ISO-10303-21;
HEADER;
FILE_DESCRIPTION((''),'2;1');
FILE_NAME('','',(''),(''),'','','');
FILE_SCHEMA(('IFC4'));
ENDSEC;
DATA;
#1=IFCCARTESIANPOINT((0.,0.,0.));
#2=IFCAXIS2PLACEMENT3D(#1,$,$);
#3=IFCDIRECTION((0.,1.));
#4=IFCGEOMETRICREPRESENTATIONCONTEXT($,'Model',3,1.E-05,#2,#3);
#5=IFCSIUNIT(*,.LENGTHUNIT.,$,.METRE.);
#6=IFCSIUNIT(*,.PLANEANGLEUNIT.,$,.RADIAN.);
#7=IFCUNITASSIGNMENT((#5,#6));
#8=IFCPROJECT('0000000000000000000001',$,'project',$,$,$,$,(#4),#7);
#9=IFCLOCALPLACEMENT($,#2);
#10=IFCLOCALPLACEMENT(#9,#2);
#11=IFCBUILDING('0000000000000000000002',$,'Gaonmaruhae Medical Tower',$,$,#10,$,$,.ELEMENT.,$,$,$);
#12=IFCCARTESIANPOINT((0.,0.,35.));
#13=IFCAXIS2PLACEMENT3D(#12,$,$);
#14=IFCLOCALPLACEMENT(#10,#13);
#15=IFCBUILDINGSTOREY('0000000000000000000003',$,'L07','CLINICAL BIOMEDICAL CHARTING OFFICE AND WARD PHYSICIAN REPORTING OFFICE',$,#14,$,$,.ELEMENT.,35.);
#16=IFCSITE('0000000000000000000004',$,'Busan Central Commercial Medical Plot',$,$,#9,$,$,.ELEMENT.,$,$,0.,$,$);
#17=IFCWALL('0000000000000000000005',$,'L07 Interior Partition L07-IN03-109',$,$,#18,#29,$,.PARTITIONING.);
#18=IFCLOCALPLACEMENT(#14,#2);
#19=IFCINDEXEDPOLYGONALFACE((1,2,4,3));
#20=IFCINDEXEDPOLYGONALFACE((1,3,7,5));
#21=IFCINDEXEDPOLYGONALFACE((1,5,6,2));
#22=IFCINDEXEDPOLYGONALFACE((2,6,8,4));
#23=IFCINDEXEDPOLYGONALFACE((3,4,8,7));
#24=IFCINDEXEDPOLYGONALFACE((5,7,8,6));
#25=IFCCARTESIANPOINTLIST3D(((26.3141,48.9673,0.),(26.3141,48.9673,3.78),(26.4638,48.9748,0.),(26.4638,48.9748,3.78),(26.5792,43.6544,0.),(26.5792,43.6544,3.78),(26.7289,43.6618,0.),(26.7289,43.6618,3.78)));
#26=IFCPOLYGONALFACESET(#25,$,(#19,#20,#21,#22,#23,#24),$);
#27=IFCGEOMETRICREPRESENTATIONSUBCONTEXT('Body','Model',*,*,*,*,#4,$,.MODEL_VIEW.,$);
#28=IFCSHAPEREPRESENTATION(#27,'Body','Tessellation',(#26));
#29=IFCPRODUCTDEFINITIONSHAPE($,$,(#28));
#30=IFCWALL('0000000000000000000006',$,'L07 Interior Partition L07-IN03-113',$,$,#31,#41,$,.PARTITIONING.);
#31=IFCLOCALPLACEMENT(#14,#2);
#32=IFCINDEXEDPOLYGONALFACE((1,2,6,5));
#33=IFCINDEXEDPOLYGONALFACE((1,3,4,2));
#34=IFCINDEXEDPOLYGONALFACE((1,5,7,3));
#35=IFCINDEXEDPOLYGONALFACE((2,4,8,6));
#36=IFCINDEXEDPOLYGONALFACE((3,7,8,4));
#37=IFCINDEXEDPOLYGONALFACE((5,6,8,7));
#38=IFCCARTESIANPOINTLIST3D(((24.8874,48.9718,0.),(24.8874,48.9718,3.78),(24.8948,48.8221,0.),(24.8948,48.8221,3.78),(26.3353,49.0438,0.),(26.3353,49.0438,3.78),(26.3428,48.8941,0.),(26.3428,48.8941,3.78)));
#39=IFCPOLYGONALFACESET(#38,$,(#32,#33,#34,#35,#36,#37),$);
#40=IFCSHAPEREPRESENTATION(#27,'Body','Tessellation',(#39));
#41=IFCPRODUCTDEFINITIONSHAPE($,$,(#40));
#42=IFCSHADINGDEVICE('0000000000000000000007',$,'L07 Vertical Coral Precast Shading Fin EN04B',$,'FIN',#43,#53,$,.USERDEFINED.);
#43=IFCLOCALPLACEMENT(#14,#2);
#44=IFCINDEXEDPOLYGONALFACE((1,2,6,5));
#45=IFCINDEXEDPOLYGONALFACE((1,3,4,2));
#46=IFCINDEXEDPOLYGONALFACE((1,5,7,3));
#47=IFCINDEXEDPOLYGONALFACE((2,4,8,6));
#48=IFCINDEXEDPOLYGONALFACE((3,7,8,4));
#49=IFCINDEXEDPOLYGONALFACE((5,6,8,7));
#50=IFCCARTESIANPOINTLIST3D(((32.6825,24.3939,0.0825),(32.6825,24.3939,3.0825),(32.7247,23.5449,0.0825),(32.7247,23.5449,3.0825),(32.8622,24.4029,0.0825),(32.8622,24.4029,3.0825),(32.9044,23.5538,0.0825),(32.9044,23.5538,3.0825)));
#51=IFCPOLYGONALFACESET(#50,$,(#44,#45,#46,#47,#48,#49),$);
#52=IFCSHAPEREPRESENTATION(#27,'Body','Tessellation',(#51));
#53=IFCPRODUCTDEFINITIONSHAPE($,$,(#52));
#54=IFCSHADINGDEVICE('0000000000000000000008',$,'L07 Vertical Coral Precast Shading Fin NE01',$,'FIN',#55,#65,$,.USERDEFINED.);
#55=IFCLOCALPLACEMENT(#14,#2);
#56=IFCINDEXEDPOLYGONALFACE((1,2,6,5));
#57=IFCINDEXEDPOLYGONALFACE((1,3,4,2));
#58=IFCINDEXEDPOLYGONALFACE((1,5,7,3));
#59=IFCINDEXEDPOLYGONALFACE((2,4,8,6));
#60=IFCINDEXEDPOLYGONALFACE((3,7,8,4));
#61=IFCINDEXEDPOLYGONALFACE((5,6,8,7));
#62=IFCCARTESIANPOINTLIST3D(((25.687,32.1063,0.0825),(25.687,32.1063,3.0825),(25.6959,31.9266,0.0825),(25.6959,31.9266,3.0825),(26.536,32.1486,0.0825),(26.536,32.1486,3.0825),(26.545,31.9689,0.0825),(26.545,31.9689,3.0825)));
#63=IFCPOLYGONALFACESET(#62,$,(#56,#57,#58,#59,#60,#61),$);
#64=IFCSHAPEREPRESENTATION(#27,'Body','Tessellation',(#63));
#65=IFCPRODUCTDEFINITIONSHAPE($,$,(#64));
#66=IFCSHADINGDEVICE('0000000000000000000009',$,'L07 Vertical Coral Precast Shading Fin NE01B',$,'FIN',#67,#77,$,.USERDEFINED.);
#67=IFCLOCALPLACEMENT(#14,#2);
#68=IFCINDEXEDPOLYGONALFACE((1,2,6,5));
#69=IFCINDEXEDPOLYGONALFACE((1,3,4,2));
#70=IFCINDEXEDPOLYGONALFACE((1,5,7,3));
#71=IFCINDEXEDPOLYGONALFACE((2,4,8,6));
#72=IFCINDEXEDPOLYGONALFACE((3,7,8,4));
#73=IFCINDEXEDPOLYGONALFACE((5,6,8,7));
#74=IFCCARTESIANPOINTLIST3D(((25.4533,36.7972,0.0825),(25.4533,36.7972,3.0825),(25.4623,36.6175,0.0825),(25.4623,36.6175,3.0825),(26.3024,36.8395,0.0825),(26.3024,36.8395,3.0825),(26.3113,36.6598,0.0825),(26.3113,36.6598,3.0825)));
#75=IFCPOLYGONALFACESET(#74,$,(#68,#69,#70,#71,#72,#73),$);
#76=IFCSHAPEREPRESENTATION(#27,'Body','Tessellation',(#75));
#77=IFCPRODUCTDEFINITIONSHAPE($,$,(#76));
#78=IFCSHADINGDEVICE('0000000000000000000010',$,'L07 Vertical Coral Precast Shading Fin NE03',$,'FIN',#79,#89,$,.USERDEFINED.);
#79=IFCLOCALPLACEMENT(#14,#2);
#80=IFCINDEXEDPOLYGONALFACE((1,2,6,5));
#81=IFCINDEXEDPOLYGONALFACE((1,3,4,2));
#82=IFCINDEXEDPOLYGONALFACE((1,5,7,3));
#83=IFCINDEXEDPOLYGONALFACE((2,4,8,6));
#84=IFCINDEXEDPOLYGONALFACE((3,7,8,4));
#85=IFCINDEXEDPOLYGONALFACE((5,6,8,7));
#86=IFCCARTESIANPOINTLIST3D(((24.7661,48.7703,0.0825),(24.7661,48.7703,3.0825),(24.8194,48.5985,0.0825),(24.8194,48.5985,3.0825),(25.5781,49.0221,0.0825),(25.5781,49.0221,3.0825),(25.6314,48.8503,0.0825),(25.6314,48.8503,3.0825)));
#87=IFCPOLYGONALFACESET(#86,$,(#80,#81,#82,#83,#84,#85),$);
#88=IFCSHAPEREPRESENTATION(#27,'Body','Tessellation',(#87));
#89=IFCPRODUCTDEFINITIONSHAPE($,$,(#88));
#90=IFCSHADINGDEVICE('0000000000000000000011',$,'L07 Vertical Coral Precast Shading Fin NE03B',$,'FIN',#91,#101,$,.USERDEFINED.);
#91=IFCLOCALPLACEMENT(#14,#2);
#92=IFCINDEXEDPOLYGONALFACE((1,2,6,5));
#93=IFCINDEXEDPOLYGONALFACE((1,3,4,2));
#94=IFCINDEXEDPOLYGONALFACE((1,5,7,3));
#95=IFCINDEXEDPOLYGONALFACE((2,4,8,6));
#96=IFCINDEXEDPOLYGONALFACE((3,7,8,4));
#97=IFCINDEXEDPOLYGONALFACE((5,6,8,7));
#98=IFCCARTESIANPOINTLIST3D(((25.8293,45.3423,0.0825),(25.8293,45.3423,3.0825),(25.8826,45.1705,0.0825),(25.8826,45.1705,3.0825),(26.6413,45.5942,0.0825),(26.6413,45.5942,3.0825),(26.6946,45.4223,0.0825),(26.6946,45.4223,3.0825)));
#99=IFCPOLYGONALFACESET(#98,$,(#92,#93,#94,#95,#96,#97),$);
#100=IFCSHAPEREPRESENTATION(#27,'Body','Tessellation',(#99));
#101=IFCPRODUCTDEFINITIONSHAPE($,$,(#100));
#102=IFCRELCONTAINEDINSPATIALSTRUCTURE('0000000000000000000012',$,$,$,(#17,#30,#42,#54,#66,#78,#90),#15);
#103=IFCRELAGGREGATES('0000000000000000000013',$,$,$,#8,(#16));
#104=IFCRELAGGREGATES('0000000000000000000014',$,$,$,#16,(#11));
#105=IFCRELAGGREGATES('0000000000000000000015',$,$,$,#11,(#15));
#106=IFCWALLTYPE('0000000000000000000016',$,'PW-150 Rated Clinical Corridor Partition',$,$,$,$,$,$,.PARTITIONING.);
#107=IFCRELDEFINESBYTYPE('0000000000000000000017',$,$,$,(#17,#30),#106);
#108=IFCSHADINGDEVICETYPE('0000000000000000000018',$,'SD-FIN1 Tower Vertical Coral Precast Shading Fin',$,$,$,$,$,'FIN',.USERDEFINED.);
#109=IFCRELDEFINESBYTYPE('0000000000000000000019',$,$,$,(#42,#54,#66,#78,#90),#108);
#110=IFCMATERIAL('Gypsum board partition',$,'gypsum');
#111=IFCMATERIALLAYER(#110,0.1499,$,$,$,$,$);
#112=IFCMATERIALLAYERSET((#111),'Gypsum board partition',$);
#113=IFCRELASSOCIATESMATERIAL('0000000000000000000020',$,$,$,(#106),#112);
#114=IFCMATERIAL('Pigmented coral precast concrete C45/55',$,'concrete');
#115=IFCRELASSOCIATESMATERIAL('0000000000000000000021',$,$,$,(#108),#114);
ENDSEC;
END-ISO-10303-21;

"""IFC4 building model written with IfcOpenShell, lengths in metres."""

from ifc_helpers import new_model, si_unit, direction, frame, frame_2d, origin, origin_2d, place, context, subcontext, project, spatial, rectangle, extrude, material, layer, layer_set, type_object, element, save


model = new_model("IFC4")

# Units and contexts
model_context = context("Model", 3, precision=1e-05, world=origin(), true_north=direction((0.0, 1.0)))
body_context = subcontext(model_context, "Body", "Model", "MODEL_VIEW")
ifc_project = project(units=[si_unit("LENGTHUNIT", "METRE"), si_unit("PLANEANGLEUNIT", "RADIAN")], contexts=[model_context])

# Site, building, storey
site_placement = place(None, origin())
site = spatial("IfcSite", under=ifc_project, at=site_placement, Name="Busan Central Commercial Medical Plot", CompositionType="ELEMENT", RefElevation=0.0)
building_placement = place(site_placement, origin())
building = spatial("IfcBuilding", under=site, at=building_placement, Name="Gaonmaruhae Medical Tower", CompositionType="ELEMENT")
storey_placement = place(building_placement, frame((0.0, 0.0, 35.0)))
storey = spatial("IfcBuildingStorey", under=building, at=storey_placement, Name="L07", Description="CLINICAL BIOMEDICAL CHARTING OFFICE AND WARD PHYSICIAN REPORTING OFFICE", CompositionType="ELEMENT", Elevation=35.0)

# Walls
ifc_material_1 = material(Name="Gypsum board partition", Category="gypsum")
ifc_layer_1 = layer(ifc_material_1, 0.1499)
ifc_layer_set_1 = layer_set([ifc_layer_1], Name="Gypsum board partition")
wall_type_1 = type_object("IfcWallType", Name="PW-150 Rated Clinical Corridor Partition", PredefinedType="PARTITIONING", material=ifc_layer_set_1)
wall_1_placement = place(storey_placement, frame((26.3889, 48.9709, 0.0), z_axis=(0.0, 0.0, 1.0), x_axis=(0.049841, -0.998757, 0.0)))
element("IfcWall", 1, at=wall_1_placement, inside=storey, type_object=wall_type_1, Name="L07 Interior Partition L07-IN03-109", PredefinedType="PARTITIONING", context=body_context, shape_type="SweptSolid", body=[
    extrude(rectangle(XDim=5.3196, YDim=0.1499, at=frame_2d((2.6597, 0.0))), origin(), (0.0, 0.0, 1.0), 3.78),
])
wall_2_placement = place(storey_placement, frame((24.8911, 48.897, 0.0), z_axis=(0.0, 0.0, 1.0), x_axis=(0.998765, 0.049677, 0.0)))
element("IfcWall", 2, at=wall_2_placement, inside=storey, type_object=wall_type_1, Name="L07 Interior Partition L07-IN03-113", PredefinedType="PARTITIONING", context=body_context, shape_type="SweptSolid", body=[
    extrude(rectangle(XDim=1.4497, YDim=0.1499, at=frame_2d((0.7249, 0.0))), origin(), (0.0, 0.0, 1.0), 3.78),
])

# Shading devices
ifc_material_2 = material(Name="Pigmented coral precast concrete C45/55", Category="concrete")
shading_device_type = type_object("IfcShadingDeviceType", Name="SD-FIN1 Tower Vertical Coral Precast Shading Fin", ElementType="FIN", PredefinedType="USERDEFINED", material=ifc_material_2)
for number, where, z_axis, x_axis, name in (
    (3, (32.7935, 23.9739, 0.0825), (0.0, 0.0, 1.0), (0.998763, 0.049721, 0.0), "L07 Vertical Coral Precast Shading Fin EN04B"),
    (4, (26.116, 32.0376, 0.0825), (0.0, 0.0, 1.0), (-0.049721, 0.998763, 0.0), "L07 Vertical Coral Precast Shading Fin NE01"),
    (5, (25.8823, 36.7285, 0.0825), (0.0, 0.0, 1.0), (-0.049721, 0.998763, 0.0), "L07 Vertical Coral Precast Shading Fin NE01B"),
    (6, (25.1987, 48.8103, 0.0825), (0.0, 0.0, 1.0), (0.296225, -0.955118, 0.0), "L07 Vertical Coral Precast Shading Fin NE03"),
    (7, (26.262, 45.3823, 0.0825), (0.0, 0.0, 1.0), (0.296225, -0.955118, 0.0), "L07 Vertical Coral Precast Shading Fin NE03B"),
):
    element("IfcShadingDevice", number, at=place(storey_placement, frame(where, z_axis=z_axis, x_axis=x_axis)), inside=storey, type_object=shading_device_type, Name=name, ObjectType="FIN", PredefinedType="USERDEFINED", context=body_context, shape_type="SweptSolid", body=[
        extrude(rectangle(XDim=0.1799, YDim=0.8501, at=origin_2d()), origin(), (0.0, 0.0, 1.0), 3.0),
    ])

save(model, "model.ifc")
